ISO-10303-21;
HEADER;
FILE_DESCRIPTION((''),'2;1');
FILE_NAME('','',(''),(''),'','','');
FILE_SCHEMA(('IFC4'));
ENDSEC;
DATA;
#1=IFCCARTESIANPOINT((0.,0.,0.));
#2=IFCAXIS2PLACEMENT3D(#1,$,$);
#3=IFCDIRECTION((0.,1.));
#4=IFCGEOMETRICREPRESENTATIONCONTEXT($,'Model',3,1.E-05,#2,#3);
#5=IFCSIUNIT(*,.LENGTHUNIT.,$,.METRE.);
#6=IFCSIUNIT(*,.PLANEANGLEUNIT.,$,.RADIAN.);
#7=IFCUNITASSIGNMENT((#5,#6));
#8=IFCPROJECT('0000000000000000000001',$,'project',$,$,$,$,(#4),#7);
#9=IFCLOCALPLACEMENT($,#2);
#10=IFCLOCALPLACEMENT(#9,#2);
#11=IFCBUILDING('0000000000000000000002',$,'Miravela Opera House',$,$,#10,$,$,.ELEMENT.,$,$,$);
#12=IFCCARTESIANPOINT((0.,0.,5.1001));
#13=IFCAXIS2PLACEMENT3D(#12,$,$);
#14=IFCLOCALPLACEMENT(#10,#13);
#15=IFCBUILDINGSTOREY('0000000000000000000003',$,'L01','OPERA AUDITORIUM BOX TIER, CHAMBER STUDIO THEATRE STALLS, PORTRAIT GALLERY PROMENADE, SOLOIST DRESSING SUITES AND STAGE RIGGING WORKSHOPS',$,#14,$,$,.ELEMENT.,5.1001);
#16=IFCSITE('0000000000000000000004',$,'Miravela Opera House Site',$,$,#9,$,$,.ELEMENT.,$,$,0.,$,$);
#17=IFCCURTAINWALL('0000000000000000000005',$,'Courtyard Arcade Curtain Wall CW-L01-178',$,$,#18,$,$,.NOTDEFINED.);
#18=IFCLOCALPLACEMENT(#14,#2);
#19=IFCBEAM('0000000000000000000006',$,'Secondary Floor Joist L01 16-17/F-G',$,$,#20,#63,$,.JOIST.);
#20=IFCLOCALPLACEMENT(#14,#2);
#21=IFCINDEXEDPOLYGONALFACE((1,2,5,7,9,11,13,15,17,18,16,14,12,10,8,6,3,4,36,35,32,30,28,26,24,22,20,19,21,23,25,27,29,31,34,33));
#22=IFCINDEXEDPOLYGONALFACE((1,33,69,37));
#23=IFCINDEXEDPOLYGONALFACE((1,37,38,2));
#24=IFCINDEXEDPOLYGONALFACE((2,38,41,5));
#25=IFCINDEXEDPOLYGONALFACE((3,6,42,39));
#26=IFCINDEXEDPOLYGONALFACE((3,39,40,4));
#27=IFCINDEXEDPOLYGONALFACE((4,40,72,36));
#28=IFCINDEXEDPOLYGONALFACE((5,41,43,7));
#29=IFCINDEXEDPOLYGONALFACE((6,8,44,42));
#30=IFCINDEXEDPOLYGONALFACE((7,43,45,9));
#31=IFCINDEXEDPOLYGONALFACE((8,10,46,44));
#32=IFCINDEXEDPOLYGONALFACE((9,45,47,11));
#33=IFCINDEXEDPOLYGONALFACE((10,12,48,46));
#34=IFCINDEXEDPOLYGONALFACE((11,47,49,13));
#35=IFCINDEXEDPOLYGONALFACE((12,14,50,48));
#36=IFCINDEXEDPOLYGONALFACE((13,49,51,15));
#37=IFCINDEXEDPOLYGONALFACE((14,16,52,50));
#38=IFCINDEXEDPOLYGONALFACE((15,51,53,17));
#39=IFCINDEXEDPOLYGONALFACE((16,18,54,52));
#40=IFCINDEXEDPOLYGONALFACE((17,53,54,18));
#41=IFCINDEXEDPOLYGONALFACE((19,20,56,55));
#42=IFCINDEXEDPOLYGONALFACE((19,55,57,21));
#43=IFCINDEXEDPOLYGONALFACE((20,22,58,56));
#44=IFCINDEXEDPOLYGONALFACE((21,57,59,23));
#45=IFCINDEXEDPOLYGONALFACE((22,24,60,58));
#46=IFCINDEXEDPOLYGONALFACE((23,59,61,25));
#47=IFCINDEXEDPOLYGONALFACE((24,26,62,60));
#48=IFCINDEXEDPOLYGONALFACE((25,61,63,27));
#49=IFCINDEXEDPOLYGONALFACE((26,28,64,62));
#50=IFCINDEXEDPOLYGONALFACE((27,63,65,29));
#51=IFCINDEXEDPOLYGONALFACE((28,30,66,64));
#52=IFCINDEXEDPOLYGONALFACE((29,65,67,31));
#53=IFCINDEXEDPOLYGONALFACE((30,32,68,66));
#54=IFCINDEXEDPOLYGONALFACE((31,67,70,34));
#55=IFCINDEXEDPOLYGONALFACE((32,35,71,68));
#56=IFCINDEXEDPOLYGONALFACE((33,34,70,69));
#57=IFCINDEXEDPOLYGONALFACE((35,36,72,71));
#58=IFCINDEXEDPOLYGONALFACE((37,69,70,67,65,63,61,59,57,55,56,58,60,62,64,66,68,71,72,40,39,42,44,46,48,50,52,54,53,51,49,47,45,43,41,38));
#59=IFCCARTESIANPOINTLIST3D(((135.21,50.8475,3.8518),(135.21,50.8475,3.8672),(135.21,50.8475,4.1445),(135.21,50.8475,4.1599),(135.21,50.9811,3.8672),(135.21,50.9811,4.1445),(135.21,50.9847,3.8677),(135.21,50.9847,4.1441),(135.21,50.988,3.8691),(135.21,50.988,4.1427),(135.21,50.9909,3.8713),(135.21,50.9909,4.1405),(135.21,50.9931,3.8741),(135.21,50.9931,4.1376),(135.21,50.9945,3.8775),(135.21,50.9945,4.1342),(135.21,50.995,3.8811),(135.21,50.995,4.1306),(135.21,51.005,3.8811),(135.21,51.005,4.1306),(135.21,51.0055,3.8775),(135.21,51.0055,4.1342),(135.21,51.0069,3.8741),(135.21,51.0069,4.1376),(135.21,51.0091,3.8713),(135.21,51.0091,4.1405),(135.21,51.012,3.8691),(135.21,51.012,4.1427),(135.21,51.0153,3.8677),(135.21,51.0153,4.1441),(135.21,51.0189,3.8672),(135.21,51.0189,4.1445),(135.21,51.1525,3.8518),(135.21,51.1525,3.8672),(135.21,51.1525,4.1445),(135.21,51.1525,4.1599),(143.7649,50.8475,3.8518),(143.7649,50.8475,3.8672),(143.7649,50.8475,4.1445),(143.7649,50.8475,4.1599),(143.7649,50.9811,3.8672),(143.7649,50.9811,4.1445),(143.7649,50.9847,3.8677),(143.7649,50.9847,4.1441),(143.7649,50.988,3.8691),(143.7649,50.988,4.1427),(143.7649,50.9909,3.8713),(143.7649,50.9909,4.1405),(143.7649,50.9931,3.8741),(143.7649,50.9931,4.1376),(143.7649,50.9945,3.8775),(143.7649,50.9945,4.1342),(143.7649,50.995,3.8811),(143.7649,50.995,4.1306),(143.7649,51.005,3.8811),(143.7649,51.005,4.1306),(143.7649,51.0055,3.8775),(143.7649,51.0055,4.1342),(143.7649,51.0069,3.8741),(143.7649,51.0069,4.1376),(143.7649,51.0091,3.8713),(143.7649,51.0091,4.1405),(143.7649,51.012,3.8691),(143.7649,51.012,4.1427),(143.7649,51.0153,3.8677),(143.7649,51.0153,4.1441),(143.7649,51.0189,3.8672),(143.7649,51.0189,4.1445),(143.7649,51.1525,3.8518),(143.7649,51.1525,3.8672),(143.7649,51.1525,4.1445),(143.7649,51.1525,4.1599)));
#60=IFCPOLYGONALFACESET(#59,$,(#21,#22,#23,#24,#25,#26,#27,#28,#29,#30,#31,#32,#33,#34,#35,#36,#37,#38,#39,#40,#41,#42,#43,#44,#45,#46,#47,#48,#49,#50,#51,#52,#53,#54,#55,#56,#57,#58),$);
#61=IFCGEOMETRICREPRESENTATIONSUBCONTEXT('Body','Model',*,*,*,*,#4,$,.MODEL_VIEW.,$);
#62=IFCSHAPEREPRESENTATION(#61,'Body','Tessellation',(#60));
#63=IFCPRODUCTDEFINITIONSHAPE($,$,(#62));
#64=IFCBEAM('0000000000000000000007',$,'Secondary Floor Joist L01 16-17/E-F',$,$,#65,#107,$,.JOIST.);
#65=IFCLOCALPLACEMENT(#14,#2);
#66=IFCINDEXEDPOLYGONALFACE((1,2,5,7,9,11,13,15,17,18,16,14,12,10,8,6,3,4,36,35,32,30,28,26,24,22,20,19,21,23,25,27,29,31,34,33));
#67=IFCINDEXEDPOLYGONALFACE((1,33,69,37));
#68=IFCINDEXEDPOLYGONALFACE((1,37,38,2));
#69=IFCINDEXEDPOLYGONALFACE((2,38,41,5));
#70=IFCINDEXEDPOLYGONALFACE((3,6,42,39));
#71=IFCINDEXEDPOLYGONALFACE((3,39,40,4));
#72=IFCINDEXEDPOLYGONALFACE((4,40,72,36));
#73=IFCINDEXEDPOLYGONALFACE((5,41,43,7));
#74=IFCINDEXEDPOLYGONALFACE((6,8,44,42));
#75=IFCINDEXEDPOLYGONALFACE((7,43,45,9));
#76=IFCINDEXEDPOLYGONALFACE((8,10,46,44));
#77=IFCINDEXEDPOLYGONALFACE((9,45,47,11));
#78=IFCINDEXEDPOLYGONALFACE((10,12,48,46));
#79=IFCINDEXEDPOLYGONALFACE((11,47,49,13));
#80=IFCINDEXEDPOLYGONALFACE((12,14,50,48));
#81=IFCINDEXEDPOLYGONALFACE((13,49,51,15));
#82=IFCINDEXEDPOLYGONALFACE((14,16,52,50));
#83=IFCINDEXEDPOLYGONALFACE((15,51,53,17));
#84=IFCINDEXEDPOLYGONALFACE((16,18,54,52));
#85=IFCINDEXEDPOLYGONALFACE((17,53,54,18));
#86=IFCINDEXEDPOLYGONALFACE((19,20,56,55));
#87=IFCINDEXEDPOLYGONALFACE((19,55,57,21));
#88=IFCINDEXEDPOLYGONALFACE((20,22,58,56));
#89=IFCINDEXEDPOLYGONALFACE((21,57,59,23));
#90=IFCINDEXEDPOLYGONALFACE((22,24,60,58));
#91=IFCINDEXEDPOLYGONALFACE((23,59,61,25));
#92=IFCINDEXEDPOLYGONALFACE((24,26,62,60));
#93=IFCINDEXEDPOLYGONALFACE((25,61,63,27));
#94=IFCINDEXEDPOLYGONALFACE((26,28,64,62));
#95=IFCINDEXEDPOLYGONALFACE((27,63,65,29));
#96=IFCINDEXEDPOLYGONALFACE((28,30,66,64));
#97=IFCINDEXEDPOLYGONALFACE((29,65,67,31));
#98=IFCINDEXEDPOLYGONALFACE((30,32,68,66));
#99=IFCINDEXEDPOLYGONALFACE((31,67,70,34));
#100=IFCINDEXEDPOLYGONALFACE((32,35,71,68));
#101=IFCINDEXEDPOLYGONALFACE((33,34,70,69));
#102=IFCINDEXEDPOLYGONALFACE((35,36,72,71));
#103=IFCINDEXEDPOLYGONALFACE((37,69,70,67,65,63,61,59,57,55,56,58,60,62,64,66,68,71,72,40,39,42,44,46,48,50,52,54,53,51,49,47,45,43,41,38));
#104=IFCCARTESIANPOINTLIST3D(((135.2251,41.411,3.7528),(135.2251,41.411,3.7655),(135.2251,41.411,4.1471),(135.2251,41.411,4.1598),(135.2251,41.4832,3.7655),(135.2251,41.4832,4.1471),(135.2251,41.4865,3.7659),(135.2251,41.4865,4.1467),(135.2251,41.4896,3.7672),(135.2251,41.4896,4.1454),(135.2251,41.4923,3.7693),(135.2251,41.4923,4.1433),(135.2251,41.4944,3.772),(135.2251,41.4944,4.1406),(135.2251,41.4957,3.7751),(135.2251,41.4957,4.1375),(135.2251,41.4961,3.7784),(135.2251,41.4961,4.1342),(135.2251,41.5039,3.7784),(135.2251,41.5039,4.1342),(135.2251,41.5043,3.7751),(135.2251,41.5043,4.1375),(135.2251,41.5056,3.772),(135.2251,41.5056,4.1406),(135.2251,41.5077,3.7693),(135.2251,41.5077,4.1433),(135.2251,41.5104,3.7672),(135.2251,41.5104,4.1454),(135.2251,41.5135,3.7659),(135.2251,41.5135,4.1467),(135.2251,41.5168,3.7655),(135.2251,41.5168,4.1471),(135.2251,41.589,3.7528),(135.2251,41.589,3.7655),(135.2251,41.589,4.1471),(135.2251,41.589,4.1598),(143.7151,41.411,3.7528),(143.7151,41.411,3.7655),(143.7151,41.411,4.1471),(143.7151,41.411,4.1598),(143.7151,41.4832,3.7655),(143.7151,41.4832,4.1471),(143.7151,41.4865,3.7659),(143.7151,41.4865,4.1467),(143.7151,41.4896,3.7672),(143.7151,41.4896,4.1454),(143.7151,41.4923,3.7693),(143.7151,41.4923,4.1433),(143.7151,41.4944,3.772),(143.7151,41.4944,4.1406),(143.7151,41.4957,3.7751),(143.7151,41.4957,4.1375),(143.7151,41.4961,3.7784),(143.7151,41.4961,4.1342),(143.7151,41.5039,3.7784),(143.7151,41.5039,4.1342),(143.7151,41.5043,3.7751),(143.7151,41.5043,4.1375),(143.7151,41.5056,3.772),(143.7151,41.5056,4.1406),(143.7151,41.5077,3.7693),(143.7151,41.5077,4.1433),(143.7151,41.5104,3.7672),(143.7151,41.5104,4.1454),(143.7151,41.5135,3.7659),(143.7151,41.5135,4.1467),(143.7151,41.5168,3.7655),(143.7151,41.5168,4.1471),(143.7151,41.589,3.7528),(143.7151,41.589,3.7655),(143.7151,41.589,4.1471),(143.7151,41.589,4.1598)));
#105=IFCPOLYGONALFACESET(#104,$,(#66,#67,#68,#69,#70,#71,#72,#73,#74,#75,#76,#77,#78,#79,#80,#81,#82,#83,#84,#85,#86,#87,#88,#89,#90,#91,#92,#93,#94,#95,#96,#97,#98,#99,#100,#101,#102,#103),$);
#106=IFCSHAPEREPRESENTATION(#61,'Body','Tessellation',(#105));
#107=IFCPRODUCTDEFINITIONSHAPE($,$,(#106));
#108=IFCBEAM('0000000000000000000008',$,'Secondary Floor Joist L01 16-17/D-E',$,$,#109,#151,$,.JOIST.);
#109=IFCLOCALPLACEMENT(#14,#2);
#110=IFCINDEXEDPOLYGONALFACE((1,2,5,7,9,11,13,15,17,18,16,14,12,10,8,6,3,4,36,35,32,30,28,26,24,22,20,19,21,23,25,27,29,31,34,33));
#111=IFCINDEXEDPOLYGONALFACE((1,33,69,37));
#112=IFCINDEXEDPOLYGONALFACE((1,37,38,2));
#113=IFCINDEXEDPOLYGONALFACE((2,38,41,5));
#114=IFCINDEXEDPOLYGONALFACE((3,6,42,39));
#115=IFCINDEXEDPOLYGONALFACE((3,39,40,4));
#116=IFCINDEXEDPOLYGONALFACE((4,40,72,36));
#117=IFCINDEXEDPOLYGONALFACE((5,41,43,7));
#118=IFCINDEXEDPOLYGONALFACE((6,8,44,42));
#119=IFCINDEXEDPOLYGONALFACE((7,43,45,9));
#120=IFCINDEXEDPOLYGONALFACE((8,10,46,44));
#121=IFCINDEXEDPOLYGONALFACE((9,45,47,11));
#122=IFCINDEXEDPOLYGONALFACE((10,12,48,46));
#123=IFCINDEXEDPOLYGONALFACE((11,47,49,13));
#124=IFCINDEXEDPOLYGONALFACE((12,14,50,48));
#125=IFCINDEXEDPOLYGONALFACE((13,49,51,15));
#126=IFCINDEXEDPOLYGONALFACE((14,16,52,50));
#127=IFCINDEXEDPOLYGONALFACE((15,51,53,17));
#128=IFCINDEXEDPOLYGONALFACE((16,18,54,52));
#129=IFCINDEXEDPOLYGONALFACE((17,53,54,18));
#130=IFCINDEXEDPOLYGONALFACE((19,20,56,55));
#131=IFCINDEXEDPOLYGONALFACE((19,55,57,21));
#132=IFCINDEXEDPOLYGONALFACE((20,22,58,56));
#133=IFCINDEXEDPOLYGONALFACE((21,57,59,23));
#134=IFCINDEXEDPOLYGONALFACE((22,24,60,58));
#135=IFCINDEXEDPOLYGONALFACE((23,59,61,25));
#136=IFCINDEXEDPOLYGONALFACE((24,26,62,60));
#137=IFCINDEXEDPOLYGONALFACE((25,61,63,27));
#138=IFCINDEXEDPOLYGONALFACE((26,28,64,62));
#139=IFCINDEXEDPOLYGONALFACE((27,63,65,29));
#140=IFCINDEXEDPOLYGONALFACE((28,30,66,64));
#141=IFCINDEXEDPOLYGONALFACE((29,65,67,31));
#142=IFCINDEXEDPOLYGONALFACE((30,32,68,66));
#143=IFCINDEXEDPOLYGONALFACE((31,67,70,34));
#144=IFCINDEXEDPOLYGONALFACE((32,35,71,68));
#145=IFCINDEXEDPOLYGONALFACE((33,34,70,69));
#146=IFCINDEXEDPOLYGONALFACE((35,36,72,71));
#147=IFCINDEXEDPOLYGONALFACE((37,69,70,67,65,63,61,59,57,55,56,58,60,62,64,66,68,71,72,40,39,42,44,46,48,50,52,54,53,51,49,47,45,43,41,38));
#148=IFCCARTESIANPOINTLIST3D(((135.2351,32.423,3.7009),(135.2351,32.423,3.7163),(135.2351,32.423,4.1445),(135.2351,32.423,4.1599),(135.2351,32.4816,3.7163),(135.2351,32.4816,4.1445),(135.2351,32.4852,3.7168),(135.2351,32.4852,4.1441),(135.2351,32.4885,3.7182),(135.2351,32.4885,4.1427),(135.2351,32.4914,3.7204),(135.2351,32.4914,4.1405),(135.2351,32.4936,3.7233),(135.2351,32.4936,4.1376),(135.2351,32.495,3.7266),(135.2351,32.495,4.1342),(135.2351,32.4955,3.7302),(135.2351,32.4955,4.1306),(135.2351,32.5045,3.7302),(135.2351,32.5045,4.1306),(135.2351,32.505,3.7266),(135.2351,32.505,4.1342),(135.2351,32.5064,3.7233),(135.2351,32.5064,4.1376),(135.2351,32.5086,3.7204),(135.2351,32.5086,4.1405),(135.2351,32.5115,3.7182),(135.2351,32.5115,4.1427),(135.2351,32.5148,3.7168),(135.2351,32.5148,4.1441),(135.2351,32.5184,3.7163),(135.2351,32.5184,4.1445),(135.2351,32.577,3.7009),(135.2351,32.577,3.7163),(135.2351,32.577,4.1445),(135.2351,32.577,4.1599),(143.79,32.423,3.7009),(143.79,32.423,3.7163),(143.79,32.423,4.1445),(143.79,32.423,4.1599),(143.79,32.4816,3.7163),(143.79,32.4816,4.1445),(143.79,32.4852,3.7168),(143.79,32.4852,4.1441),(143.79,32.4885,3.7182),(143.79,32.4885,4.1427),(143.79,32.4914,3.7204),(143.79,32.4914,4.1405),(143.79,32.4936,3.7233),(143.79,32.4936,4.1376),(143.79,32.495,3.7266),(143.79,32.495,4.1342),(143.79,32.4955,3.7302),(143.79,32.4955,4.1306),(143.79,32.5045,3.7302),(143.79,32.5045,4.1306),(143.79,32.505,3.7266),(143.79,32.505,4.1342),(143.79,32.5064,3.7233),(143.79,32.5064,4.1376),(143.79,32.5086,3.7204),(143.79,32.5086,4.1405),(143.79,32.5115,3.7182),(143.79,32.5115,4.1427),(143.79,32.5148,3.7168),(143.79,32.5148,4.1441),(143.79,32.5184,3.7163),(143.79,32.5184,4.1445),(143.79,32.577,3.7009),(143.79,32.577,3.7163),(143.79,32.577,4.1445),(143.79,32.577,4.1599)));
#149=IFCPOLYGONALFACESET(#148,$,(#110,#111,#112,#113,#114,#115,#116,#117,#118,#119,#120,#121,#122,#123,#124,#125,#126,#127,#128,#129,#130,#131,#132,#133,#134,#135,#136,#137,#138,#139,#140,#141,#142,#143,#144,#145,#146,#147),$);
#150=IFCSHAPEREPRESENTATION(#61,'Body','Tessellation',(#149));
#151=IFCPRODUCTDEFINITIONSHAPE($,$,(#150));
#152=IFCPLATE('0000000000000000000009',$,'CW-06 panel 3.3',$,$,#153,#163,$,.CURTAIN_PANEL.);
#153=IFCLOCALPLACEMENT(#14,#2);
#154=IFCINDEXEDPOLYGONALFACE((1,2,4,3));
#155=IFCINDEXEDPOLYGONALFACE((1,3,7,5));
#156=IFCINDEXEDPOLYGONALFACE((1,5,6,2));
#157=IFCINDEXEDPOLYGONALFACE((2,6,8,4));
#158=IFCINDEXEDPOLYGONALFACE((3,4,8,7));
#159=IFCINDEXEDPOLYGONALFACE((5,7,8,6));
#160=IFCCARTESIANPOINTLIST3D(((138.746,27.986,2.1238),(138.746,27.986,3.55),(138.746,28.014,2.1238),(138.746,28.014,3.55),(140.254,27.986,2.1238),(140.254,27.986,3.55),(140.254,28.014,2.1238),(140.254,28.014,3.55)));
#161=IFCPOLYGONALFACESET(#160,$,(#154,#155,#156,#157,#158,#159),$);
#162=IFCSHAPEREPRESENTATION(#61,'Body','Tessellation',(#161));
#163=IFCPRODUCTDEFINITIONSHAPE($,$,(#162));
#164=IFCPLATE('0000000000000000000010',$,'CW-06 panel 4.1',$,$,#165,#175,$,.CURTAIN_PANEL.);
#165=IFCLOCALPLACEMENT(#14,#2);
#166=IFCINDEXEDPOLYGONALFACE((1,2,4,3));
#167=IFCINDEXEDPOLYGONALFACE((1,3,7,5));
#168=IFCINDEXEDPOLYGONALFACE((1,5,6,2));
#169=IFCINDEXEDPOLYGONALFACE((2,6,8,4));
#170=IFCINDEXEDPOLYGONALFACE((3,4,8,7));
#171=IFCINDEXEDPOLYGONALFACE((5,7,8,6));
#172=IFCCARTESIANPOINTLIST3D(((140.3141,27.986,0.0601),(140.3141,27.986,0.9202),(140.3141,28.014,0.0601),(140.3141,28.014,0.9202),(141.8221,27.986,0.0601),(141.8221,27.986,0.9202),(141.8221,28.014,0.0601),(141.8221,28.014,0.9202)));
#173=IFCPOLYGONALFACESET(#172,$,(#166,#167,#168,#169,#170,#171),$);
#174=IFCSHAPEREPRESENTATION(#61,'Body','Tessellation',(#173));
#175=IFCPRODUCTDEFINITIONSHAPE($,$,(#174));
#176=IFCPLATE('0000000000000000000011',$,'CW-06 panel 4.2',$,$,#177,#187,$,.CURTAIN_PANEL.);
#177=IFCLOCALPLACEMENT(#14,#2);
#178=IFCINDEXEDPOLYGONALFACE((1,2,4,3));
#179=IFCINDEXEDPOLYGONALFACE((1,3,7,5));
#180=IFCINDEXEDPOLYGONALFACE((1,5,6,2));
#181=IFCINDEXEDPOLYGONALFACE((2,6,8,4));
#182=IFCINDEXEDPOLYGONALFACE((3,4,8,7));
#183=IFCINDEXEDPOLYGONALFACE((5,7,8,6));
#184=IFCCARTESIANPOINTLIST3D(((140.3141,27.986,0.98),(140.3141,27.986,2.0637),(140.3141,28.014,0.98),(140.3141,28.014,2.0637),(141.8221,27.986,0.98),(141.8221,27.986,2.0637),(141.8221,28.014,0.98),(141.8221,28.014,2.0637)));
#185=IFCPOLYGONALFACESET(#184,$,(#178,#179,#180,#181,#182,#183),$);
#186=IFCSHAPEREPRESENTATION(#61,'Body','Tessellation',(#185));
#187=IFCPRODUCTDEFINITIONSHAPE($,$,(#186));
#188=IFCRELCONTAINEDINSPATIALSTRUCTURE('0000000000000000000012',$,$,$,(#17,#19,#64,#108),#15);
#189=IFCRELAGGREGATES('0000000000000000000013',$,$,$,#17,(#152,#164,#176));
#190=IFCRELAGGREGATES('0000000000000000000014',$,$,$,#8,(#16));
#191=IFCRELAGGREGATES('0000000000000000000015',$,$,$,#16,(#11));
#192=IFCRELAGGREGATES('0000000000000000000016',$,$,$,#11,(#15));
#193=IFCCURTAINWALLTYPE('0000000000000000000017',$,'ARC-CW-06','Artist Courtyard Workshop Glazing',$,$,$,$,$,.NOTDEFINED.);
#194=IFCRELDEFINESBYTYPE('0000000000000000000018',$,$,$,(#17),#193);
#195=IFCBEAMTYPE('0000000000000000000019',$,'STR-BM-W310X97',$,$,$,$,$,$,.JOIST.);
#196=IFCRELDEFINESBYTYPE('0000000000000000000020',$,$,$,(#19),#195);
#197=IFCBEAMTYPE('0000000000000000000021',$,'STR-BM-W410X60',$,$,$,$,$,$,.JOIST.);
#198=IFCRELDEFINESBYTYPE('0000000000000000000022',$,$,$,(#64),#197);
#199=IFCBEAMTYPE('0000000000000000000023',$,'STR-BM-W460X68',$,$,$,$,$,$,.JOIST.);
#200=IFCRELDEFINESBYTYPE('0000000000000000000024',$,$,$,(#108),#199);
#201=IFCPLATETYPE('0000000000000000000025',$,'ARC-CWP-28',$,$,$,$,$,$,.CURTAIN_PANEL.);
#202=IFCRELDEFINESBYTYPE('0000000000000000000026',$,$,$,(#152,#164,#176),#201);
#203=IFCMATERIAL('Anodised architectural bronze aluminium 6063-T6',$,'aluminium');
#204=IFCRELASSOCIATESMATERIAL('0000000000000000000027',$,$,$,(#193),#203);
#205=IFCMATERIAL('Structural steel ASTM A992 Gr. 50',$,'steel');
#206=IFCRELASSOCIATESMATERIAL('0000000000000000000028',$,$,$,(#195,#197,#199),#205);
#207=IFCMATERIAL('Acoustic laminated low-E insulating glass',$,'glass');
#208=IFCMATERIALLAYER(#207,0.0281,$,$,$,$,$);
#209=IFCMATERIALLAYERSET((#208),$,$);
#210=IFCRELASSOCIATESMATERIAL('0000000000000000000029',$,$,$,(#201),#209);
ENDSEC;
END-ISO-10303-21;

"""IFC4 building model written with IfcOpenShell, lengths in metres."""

from ifc_helpers import new_model, si_unit, direction, frame, origin, origin_2d, place, context, subcontext, project, spatial, rectangle, i_section, extrude, material, layer, layer_set, material_profile, profile_set, type_object, element, aggregate, save


model = new_model("IFC4")

# Units and contexts
model_context = context("Model", 3, precision=1e-05, world=origin(), true_north=direction((0.0, 1.0)))
body_context = subcontext(model_context, "Body", "Model", "MODEL_VIEW")
ifc_project = project(units=[si_unit("LENGTHUNIT", "METRE"), si_unit("PLANEANGLEUNIT", "RADIAN")], contexts=[model_context])

# Site, building, storey
site_placement = place(None, origin())
site = spatial("IfcSite", under=ifc_project, at=site_placement, Name="Miravela Opera House Site", CompositionType="ELEMENT", RefElevation=0.0)
building_placement = place(site_placement, origin())
building = spatial("IfcBuilding", under=site, at=building_placement, Name="Miravela Opera House", CompositionType="ELEMENT")
storey_placement = place(building_placement, frame((0.0, 0.0, 5.1001)))
storey = spatial("IfcBuildingStorey", under=building, at=storey_placement, Name="L01", Description="OPERA AUDITORIUM BOX TIER, CHAMBER STUDIO THEATRE STALLS, PORTRAIT GALLERY PROMENADE, SOLOIST DRESSING SUITES AND STAGE RIGGING WORKSHOPS", CompositionType="ELEMENT", Elevation=5.1001)

# Curtain wall
ifc_material_1 = material(Name="Anodised architectural bronze aluminium 6063-T6", Category="aluminium")
curtain_wall_type = type_object("IfcCurtainWallType", Name="ARC-CW-06", Description="Artist Courtyard Workshop Glazing", PredefinedType="NOTDEFINED", material=ifc_material_1)
curtain_wall_placement = place(storey_placement, origin())
curtain_wall = element("IfcCurtainWall", 1, at=curtain_wall_placement, inside=storey, type_object=curtain_wall_type, Name="Courtyard Arcade Curtain Wall CW-L01-178", PredefinedType="NOTDEFINED")

# Beams
ifc_material_2 = material(Name="Structural steel ASTM A992 Gr. 50", Category="steel")
ifc_material_profile_1 = material_profile(ifc_material_2, i_section(OverallWidth=0.3049, OverallDepth=0.3081, WebThickness=0.01, FlangeThickness=0.0154, FilletRadius=0.0139, at=origin_2d()), Name="W310X97")
ifc_profile_set_1 = profile_set([ifc_material_profile_1])
beam_type_1 = type_object("IfcBeamType", Name="STR-BM-W310X97", PredefinedType="JOIST", material=ifc_profile_set_1)
beam_1_placement = place(storey_placement, frame((135.21, 51.0, 4.0059), z_axis=(1.0, 0.0, 0.0), x_axis=(0.0, 1.0, 0.0)))
element("IfcBeam", 2, at=beam_1_placement, inside=storey, type_object=beam_type_1, Name="Secondary Floor Joist L01 16-17/F-G", PredefinedType="JOIST", context=body_context, shape_type="SweptSolid", body=[
    extrude(i_section(OverallWidth=0.3049, OverallDepth=0.3081, WebThickness=0.01, FlangeThickness=0.0154, FilletRadius=0.0139, at=origin_2d()), origin(), (0.0, 0.0, 1.0), 8.5549),
])
ifc_material_profile_2 = material_profile(ifc_material_2, i_section(OverallWidth=0.178, OverallDepth=0.407, WebThickness=0.0078, FlangeThickness=0.0127, FilletRadius=0.0129, at=origin_2d()), Name="W410X60")
ifc_profile_set_2 = profile_set([ifc_material_profile_2])
beam_type_2 = type_object("IfcBeamType", Name="STR-BM-W410X60", PredefinedType="JOIST", material=ifc_profile_set_2)
beam_2_placement = place(storey_placement, frame((135.2251, 41.5, 3.9563), z_axis=(1.0, 0.0, 0.0), x_axis=(0.0, 1.0, 0.0)))
element("IfcBeam", 3, at=beam_2_placement, inside=storey, type_object=beam_type_2, Name="Secondary Floor Joist L01 16-17/E-F", PredefinedType="JOIST", context=body_context, shape_type="SweptSolid", body=[
    extrude(i_section(OverallWidth=0.178, OverallDepth=0.407, WebThickness=0.0078, FlangeThickness=0.0127, FilletRadius=0.0129, at=origin_2d()), origin(), (0.0, 0.0, 1.0), 8.49),
])
ifc_material_profile_3 = material_profile(ifc_material_2, i_section(OverallWidth=0.1541, OverallDepth=0.459, WebThickness=0.009, FlangeThickness=0.0154, FilletRadius=0.0139, at=origin_2d()), Name="W460X68")
ifc_profile_set_3 = profile_set([ifc_material_profile_3])
beam_type_3 = type_object("IfcBeamType", Name="STR-BM-W460X68", PredefinedType="JOIST", material=ifc_profile_set_3)
beam_3_placement = place(storey_placement, frame((135.2351, 32.5, 3.9304), z_axis=(1.0, 0.0, 0.0), x_axis=(0.0, 1.0, 0.0)))
element("IfcBeam", 4, at=beam_3_placement, inside=storey, type_object=beam_type_3, Name="Secondary Floor Joist L01 16-17/D-E", PredefinedType="JOIST", context=body_context, shape_type="SweptSolid", body=[
    extrude(i_section(OverallWidth=0.1541, OverallDepth=0.459, WebThickness=0.009, FlangeThickness=0.0154, FilletRadius=0.0139, at=origin_2d()), origin(), (0.0, 0.0, 1.0), 8.5549),
])

# Plates
ifc_material_3 = material(Name="Acoustic laminated low-E insulating glass", Category="glass")
ifc_layer_1 = layer(ifc_material_3, 0.0281)
ifc_layer_set_1 = layer_set([ifc_layer_1])
plate_type = type_object("IfcPlateType", Name="ARC-CWP-28", PredefinedType="CURTAIN_PANEL", material=ifc_layer_set_1)
plate_1_placement = place(storey_placement, frame((139.5, 28.0, 2.1238), z_axis=(0.0, 0.0, 1.0), x_axis=(1.0, 0.0, 0.0)))
plate_1 = element("IfcPlate", 5, at=plate_1_placement, type_object=plate_type, Name="CW-06 panel 3.3", PredefinedType="CURTAIN_PANEL", context=body_context, shape_type="SweptSolid", body=[
    extrude(rectangle(XDim=1.5081, YDim=0.0281, at=origin_2d()), origin(), (0.0, 0.0, 1.0), 1.4263),
])
plate_2_placement = place(storey_placement, frame((141.0681, 28.0, 0.0601), z_axis=(0.0, 0.0, 1.0), x_axis=(1.0, 0.0, 0.0)))
plate_2 = element("IfcPlate", 6, at=plate_2_placement, type_object=plate_type, Name="CW-06 panel 4.1", PredefinedType="CURTAIN_PANEL", context=body_context, shape_type="SweptSolid", body=[
    extrude(rectangle(XDim=1.5081, YDim=0.0281, at=origin_2d()), origin(), (0.0, 0.0, 1.0), 0.8601),
])
plate_3_placement = place(storey_placement, frame((141.0681, 28.0, 0.98), z_axis=(0.0, 0.0, 1.0), x_axis=(1.0, 0.0, 0.0)))
plate_3 = element("IfcPlate", 7, at=plate_3_placement, type_object=plate_type, Name="CW-06 panel 4.2", PredefinedType="CURTAIN_PANEL", context=body_context, shape_type="SweptSolid", body=[
    extrude(rectangle(XDim=1.5081, YDim=0.0281, at=origin_2d()), origin(), (0.0, 0.0, 1.0), 1.0837),
])
aggregate(curtain_wall, [plate_1, plate_2, plate_3])

save(model, "model.ifc")
